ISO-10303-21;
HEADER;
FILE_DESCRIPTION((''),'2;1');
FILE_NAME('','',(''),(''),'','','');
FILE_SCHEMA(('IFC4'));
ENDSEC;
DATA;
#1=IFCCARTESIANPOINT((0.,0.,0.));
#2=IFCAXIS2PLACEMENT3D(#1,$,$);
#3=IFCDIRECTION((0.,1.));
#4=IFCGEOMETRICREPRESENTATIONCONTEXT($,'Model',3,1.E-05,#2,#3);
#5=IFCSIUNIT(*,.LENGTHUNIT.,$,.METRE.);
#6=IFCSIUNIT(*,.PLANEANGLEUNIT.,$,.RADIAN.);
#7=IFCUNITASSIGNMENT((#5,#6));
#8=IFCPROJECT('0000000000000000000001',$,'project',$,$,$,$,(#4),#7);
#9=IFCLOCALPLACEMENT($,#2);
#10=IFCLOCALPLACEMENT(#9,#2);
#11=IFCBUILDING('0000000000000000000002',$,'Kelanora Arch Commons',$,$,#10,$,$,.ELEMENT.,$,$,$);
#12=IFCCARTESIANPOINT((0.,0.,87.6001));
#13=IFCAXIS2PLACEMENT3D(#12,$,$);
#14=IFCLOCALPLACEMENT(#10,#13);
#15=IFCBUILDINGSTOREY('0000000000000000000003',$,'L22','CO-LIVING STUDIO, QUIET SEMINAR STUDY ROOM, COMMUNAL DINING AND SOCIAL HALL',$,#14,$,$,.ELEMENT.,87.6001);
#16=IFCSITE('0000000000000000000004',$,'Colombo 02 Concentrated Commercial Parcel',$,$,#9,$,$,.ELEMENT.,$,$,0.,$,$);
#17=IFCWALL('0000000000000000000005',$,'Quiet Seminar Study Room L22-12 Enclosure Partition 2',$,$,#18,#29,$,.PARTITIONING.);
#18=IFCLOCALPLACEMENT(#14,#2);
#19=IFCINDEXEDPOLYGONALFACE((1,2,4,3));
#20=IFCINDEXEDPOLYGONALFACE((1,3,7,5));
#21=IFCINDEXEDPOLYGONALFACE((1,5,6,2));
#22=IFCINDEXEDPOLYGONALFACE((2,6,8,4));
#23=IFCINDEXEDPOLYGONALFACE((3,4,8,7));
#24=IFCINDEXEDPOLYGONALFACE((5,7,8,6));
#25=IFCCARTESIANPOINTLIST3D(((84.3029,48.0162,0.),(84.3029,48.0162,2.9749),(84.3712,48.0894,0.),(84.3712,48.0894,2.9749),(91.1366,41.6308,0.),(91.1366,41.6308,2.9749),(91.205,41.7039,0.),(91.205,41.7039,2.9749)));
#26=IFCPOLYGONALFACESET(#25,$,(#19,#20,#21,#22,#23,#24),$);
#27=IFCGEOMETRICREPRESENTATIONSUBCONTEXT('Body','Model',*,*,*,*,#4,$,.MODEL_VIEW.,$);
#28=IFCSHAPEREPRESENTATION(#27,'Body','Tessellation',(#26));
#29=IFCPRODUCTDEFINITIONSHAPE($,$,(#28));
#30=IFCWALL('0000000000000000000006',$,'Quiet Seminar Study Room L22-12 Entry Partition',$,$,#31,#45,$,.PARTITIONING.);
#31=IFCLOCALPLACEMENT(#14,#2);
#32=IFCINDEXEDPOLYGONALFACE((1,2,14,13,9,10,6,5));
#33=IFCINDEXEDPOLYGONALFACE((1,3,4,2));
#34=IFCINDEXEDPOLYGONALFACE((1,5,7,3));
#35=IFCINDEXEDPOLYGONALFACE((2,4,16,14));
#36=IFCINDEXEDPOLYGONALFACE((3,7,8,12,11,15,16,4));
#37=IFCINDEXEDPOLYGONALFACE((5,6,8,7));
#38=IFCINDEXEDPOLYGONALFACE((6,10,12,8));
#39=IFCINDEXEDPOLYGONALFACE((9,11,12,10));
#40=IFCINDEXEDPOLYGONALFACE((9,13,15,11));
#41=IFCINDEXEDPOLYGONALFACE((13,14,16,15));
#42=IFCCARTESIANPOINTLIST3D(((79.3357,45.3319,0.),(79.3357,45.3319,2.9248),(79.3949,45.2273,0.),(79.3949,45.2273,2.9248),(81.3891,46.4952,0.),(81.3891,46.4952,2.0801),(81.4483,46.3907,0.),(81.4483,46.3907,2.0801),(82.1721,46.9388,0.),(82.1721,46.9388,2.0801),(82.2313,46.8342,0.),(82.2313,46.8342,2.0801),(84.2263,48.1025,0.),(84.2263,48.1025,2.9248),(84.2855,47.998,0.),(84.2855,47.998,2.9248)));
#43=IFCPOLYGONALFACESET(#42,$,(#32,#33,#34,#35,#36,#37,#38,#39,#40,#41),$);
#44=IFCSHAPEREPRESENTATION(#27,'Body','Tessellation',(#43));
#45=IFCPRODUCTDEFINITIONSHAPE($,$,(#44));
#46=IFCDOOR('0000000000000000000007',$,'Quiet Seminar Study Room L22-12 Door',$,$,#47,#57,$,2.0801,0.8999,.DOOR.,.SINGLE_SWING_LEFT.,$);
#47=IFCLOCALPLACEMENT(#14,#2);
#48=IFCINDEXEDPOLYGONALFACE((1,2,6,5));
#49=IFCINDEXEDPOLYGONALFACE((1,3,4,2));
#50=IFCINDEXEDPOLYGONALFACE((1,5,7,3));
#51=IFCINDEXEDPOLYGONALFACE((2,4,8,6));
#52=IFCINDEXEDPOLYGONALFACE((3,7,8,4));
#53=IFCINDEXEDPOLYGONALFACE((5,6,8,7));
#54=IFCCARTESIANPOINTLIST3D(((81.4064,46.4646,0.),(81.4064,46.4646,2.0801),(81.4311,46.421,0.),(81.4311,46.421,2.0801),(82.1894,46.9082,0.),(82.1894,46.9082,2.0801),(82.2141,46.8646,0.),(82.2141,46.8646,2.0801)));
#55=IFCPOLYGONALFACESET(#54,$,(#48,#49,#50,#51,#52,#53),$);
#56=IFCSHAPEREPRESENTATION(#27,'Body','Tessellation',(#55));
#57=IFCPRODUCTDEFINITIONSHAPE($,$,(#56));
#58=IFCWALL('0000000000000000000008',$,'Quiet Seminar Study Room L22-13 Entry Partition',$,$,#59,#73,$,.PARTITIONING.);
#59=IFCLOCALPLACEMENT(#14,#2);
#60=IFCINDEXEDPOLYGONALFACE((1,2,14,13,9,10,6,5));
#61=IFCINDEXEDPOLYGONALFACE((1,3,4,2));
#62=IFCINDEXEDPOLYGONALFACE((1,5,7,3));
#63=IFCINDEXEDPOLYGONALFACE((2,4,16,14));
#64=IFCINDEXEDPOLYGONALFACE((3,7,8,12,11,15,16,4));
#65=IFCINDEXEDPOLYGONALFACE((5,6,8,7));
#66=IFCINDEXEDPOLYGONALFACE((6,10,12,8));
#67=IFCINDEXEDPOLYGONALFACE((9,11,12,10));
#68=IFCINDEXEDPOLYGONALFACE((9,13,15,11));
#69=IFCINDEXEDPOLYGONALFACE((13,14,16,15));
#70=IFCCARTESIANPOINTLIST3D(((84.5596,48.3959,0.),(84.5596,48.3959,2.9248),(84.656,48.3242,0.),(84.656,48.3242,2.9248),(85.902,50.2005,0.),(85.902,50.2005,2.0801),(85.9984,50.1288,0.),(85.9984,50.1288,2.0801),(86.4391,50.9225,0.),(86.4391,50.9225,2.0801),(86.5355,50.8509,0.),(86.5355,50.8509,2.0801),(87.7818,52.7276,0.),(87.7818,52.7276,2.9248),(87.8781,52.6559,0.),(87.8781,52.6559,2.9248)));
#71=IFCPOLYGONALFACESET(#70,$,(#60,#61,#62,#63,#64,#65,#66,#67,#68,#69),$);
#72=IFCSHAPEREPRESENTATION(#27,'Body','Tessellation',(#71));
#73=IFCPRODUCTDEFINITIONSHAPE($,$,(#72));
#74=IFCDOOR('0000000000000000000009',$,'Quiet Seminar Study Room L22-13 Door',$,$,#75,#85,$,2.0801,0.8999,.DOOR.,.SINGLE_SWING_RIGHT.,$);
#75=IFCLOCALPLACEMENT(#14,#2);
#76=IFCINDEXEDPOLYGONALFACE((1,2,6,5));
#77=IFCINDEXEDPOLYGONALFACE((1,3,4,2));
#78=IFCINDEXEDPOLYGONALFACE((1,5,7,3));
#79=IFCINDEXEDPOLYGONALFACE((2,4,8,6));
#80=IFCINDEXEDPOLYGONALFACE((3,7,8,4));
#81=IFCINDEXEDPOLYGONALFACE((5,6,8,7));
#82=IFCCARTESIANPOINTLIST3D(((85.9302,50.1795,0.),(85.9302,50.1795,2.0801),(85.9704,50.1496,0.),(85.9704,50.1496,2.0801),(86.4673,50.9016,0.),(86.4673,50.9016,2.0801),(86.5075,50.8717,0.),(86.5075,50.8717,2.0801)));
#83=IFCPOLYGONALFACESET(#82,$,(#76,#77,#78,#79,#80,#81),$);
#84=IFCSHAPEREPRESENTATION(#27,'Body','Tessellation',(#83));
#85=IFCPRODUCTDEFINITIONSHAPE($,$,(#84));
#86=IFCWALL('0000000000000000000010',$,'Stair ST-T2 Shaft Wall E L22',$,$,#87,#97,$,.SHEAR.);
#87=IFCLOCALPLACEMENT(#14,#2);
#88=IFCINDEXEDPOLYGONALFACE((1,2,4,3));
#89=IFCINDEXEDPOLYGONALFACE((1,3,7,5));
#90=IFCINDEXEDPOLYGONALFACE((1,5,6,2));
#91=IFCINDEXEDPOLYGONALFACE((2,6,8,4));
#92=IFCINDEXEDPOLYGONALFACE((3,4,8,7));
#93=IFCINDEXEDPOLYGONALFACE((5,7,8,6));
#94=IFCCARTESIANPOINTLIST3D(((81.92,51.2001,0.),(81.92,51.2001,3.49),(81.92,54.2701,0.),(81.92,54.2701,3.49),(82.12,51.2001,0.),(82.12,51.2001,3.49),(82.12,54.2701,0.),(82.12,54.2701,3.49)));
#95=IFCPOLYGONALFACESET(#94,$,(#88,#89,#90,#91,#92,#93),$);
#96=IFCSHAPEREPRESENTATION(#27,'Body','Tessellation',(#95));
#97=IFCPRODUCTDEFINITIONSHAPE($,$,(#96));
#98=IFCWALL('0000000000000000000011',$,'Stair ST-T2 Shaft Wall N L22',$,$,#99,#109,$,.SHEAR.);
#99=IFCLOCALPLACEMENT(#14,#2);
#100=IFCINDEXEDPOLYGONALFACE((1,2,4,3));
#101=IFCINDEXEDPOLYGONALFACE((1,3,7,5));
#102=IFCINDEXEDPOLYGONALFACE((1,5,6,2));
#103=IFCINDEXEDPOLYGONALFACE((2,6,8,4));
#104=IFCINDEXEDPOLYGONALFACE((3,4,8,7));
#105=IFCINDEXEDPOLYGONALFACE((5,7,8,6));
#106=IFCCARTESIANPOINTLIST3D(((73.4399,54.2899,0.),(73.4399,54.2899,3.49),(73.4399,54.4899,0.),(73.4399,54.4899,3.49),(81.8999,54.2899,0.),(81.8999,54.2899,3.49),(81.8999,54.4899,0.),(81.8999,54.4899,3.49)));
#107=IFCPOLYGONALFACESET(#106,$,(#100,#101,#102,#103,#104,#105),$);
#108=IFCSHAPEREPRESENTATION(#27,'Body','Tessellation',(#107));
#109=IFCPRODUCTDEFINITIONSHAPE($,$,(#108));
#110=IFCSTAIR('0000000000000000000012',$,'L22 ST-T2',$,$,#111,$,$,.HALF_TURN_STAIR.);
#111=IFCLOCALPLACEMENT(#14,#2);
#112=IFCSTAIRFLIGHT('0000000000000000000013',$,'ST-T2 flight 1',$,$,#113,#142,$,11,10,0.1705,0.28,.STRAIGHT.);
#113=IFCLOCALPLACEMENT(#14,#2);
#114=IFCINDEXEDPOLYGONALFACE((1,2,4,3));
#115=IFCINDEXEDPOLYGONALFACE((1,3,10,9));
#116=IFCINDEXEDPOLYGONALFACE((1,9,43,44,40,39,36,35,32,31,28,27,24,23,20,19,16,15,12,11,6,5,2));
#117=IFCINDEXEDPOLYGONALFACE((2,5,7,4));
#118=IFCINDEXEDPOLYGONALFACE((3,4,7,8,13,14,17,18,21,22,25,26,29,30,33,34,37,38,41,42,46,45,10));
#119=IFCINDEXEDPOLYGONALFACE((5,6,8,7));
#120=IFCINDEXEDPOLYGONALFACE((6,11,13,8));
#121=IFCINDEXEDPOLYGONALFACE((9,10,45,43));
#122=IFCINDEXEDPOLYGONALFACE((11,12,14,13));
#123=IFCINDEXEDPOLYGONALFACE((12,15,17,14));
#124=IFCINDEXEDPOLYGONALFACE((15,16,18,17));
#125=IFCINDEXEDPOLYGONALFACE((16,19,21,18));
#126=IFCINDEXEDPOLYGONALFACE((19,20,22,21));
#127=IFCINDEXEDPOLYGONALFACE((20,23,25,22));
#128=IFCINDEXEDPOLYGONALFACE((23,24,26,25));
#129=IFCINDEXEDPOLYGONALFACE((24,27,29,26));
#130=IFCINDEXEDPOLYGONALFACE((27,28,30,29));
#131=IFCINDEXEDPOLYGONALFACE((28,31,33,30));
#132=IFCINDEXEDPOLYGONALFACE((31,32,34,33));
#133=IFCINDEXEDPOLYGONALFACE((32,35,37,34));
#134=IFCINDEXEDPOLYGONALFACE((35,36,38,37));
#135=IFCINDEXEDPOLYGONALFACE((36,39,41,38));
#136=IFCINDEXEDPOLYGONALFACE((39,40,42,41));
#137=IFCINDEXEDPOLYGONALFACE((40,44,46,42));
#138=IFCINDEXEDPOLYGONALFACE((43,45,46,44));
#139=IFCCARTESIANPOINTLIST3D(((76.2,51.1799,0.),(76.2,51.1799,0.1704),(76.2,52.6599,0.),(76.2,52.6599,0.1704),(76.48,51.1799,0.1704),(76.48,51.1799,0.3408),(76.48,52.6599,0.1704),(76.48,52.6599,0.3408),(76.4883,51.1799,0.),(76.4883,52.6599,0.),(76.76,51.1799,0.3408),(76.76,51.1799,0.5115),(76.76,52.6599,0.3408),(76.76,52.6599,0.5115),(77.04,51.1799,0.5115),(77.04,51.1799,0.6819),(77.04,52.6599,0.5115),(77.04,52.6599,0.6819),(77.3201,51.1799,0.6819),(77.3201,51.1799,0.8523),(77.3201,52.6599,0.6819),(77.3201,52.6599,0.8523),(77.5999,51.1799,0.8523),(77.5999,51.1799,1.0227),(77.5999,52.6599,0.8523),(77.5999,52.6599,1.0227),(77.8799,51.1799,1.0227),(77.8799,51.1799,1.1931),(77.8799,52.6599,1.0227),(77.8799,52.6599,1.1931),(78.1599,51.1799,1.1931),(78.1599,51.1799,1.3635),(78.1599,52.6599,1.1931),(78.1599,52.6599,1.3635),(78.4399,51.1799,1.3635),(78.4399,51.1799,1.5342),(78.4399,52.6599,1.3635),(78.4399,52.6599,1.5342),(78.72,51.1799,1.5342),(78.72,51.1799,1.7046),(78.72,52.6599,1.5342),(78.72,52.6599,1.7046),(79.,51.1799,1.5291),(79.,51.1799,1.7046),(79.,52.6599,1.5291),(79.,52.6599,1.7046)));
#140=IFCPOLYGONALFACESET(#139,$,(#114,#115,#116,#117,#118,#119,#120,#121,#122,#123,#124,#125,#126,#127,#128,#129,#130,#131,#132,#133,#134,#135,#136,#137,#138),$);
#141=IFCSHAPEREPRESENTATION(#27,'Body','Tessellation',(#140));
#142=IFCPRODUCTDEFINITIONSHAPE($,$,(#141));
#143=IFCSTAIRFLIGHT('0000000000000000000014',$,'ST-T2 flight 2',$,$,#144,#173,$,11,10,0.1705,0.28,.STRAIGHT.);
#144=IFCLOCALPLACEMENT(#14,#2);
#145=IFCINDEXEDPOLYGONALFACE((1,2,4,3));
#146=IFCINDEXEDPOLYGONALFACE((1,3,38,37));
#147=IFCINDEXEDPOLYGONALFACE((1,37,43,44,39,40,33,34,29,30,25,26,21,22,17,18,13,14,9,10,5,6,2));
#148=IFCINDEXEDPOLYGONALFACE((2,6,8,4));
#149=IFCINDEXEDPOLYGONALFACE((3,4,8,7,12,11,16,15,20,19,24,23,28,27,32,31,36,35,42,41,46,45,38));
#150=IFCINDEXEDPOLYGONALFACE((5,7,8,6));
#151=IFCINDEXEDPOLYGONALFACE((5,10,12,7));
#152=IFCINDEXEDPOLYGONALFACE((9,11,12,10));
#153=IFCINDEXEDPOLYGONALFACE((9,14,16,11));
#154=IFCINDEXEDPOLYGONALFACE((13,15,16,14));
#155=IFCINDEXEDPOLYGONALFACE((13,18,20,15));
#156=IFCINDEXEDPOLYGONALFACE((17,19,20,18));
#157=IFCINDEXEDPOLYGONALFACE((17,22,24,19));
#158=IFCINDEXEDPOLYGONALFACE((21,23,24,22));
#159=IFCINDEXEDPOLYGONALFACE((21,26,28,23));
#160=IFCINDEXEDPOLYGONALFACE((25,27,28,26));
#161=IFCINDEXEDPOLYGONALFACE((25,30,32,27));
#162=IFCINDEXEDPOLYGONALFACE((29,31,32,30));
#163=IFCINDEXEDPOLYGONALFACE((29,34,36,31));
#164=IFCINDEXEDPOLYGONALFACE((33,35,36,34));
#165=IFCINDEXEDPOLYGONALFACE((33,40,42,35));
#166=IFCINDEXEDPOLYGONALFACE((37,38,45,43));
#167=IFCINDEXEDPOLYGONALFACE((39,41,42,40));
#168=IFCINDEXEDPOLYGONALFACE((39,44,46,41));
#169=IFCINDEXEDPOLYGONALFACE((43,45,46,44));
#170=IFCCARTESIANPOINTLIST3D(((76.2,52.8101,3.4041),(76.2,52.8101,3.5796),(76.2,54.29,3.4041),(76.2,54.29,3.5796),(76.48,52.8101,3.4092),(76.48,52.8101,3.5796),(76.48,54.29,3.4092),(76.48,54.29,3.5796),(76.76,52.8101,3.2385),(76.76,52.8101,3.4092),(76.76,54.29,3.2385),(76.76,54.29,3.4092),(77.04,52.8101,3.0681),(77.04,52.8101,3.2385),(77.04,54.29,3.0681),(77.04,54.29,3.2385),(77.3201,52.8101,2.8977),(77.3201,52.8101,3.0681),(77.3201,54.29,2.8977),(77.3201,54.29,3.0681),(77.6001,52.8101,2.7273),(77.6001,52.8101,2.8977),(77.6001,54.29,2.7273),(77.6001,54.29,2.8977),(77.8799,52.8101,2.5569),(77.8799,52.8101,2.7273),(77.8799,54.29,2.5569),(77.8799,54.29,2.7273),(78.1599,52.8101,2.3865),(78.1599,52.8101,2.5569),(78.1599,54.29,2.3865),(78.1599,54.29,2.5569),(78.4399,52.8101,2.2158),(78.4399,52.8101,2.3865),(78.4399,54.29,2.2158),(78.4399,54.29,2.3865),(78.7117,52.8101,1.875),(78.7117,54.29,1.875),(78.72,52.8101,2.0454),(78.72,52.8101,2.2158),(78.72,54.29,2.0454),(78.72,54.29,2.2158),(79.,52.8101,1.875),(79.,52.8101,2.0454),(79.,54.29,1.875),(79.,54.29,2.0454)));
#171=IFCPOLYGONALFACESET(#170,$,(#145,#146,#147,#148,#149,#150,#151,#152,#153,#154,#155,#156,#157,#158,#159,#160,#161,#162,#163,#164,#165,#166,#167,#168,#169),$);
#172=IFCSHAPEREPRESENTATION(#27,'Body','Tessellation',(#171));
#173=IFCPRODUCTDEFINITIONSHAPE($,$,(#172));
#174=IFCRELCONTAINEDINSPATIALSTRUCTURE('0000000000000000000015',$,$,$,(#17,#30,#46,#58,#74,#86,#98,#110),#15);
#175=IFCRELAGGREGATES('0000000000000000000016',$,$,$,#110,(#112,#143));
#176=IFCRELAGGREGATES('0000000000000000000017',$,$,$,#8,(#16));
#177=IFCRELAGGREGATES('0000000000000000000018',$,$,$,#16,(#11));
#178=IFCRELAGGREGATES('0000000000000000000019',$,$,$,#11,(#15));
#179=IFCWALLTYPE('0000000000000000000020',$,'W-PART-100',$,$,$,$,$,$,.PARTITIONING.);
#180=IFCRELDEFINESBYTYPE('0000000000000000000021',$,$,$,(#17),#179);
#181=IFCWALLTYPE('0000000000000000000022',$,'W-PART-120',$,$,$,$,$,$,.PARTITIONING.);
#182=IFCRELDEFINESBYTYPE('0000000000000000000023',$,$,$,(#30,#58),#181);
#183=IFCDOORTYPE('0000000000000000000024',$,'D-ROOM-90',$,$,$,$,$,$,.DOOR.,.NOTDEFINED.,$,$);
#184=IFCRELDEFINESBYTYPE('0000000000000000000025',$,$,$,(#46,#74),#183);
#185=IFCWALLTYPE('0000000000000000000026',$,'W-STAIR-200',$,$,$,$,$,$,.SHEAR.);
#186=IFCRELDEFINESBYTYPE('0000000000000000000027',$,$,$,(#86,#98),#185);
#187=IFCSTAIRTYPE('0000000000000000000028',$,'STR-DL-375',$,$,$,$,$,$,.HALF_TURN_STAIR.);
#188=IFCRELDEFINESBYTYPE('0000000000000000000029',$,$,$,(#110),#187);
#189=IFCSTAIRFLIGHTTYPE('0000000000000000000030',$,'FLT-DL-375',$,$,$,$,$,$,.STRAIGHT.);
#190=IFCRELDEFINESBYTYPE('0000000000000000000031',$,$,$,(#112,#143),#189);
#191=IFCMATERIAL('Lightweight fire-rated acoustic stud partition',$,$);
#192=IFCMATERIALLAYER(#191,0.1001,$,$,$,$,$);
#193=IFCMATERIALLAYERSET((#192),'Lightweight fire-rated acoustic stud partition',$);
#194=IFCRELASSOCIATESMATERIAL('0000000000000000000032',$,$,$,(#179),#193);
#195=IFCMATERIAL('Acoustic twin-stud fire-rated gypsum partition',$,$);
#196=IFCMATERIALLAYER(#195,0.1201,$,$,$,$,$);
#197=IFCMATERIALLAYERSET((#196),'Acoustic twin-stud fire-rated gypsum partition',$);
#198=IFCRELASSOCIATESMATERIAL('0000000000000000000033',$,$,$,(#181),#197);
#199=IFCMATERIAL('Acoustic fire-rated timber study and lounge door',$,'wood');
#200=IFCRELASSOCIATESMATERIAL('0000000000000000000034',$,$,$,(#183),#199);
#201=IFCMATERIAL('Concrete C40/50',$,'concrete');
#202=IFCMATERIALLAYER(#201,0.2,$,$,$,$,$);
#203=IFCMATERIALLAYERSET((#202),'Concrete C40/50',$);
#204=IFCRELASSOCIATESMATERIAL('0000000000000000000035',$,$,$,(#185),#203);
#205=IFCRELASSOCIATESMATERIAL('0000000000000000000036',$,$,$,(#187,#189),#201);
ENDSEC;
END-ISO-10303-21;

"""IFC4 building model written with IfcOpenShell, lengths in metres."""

from ifc_helpers import new_model, si_unit, direction, frame, frame_2d, origin, place, context, subcontext, project, spatial, polyline, rectangle, outline, extrude, material, layer, layer_set, type_object, element, fill, aggregate, save


model = new_model("IFC4")

# Units and contexts
model_context = context("Model", 3, precision=1e-05, world=origin(), true_north=direction((0.0, 1.0)))
body_context = subcontext(model_context, "Body", "Model", "MODEL_VIEW")
ifc_project = project(units=[si_unit("LENGTHUNIT", "METRE"), si_unit("PLANEANGLEUNIT", "RADIAN")], contexts=[model_context])

# Site, building, storey
site_placement = place(None, origin())
site = spatial("IfcSite", under=ifc_project, at=site_placement, Name="Colombo 02 Concentrated Commercial Parcel", CompositionType="ELEMENT", RefElevation=0.0)
building_placement = place(site_placement, origin())
building = spatial("IfcBuilding", under=site, at=building_placement, Name="Kelanora Arch Commons", CompositionType="ELEMENT")
storey_placement = place(building_placement, frame((0.0, 0.0, 87.6001)))
storey = spatial("IfcBuildingStorey", under=building, at=storey_placement, Name="L22", Description="CO-LIVING STUDIO, QUIET SEMINAR STUDY ROOM, COMMUNAL DINING AND SOCIAL HALL", CompositionType="ELEMENT", Elevation=87.6001)

# Wall
ifc_material_1 = material(Name="Lightweight fire-rated acoustic stud partition")
ifc_layer_1 = layer(ifc_material_1, 0.1001)
ifc_layer_set_1 = layer_set([ifc_layer_1], Name="Lightweight fire-rated acoustic stud partition")
wall_type_1 = type_object("IfcWallType", Name="W-PART-100", PredefinedType="PARTITIONING", material=ifc_layer_set_1)
wall_1_placement = place(storey_placement, frame((84.3372, 48.0527, 0.0), z_axis=(0.0, 0.0, 1.0), x_axis=(0.730664, -0.682738, 0.0)))
element("IfcWall", 1, at=wall_1_placement, inside=storey, type_object=wall_type_1, Name="Quiet Seminar Study Room L22-12 Enclosure Partition 2", PredefinedType="PARTITIONING", context=body_context, shape_type="SweptSolid", body=[
    extrude(rectangle(XDim=9.3528, YDim=0.1001, at=frame_2d((4.6763, 0.0))), origin(), (0.0, 0.0, 1.0), 2.9749),
])

# Walls, openings, doors
ifc_material_2 = material(Name="Acoustic twin-stud fire-rated gypsum partition")
ifc_layer_2 = layer(ifc_material_2, 0.1201)
ifc_layer_set_2 = layer_set([ifc_layer_2], Name="Acoustic twin-stud fire-rated gypsum partition")
wall_type_2 = type_object("IfcWallType", Name="W-PART-120", PredefinedType="PARTITIONING", material=ifc_layer_set_2)
wall_2_placement = place(storey_placement, frame((79.3652, 45.2795, 0.0), z_axis=(0.0, 0.0, 1.0), x_axis=(0.870068, 0.492931, 0.0)))
wall_2 = element("IfcWall", 2, at=wall_2_placement, inside=storey, type_object=wall_type_2, Name="Quiet Seminar Study Room L22-12 Entry Partition", PredefinedType="PARTITIONING", context=body_context, shape_type="SweptSolid", body=[
    extrude(rectangle(XDim=5.6208, YDim=0.1201, at=frame_2d((2.8105, 0.0))), origin(), (0.0, 0.0, 1.0), 2.9248),
])
opening_1_placement = place(wall_2_placement, frame((2.3601, 0.0, 0.0)))
opening_1 = element("IfcOpeningElement", 3, at=opening_1_placement, cuts=wall_2, PredefinedType="OPENING", context=body_context, shape_type="SweptSolid", body=[
    extrude(rectangle(XDim=0.8999, YDim=2.0801, at=frame_2d((0.45, 1.04))), frame((0.0, 0.0701, 0.0), z_axis=(0.0, -1.0, 0.0), x_axis=(1.0, 0.0, 0.0)), (0.0, 0.0, 1.0), 0.1401),
])
ifc_material_3 = material(Name="Acoustic fire-rated timber study and lounge door", Category="wood")
door_type_1 = type_object("IfcDoorType", Name="D-ROOM-90", OperationType="NOTDEFINED", PredefinedType="DOOR", material=ifc_material_3)
door_1_placement = place(opening_1_placement, origin())
door_1 = element("IfcDoor", 4, at=door_1_placement, inside=storey, type_object=door_type_1, Name="Quiet Seminar Study Room L22-12 Door", OperationType="SINGLE_SWING_LEFT", OverallHeight=2.0801, OverallWidth=0.8999, PredefinedType="DOOR", context=body_context, shape_type="SweptSolid", body=[
    extrude(rectangle(XDim=0.8999, YDim=2.0801, at=frame_2d((0.45, 1.04))), frame((0.0, 0.0249, 0.0), z_axis=(0.0, -1.0, 0.0), x_axis=(1.0, 0.0, 0.0)), (0.0, 0.0, 1.0), 0.05),
])
fill(opening_1, door_1)
wall_3_placement = place(storey_placement, frame((84.6079, 48.3601, 0.0), z_axis=(0.0, 0.0, 1.0), x_axis=(0.596833, 0.802365, 0.0)))
wall_3 = element("IfcWall", 5, at=wall_3_placement, inside=storey, type_object=wall_type_2, Name="Quiet Seminar Study Room L22-13 Entry Partition", PredefinedType="PARTITIONING", context=body_context, shape_type="SweptSolid", body=[
    extrude(rectangle(XDim=5.3987, YDim=0.1201, at=frame_2d((2.6992, 0.0))), origin(), (0.0, 0.0, 1.0), 2.9248),
])
opening_2_placement = place(wall_3_placement, frame((2.249, 0.0, 0.0)))
opening_2 = element("IfcOpeningElement", 6, at=opening_2_placement, cuts=wall_3, PredefinedType="OPENING", context=body_context, shape_type="SweptSolid", body=[
    extrude(rectangle(XDim=0.8999, YDim=2.0801, at=frame_2d((0.45, 1.04))), frame((0.0, 0.0701, 0.0), z_axis=(0.0, -1.0, 0.0), x_axis=(1.0, 0.0, 0.0)), (0.0, 0.0, 1.0), 0.1401),
])
door_2_placement = place(opening_2_placement, origin())
door_2 = element("IfcDoor", 7, at=door_2_placement, inside=storey, type_object=door_type_1, Name="Quiet Seminar Study Room L22-13 Door", OperationType="SINGLE_SWING_RIGHT", OverallHeight=2.0801, OverallWidth=0.8999, PredefinedType="DOOR", context=body_context, shape_type="SweptSolid", body=[
    extrude(rectangle(XDim=0.8999, YDim=2.0801, at=frame_2d((0.45, 1.04))), frame((0.0, 0.0249, 0.0), z_axis=(0.0, -1.0, 0.0), x_axis=(1.0, 0.0, 0.0)), (0.0, 0.0, 1.0), 0.05),
])
fill(opening_2, door_2)

# Walls
ifc_material_4 = material(Name="Concrete C40/50", Category="concrete")
ifc_layer_3 = layer(ifc_material_4, 0.2)
ifc_layer_set_3 = layer_set([ifc_layer_3], Name="Concrete C40/50")
wall_type_3 = type_object("IfcWallType", Name="W-STAIR-200", PredefinedType="SHEAR", material=ifc_layer_set_3)
wall_4_placement = place(storey_placement, frame((82.02, 51.2, 0.0), z_axis=(0.0, 0.0, 1.0), x_axis=(0.0, 1.0, 0.0)))
element("IfcWall", 8, at=wall_4_placement, inside=storey, type_object=wall_type_3, Name="Stair ST-T2 Shaft Wall E L22", PredefinedType="SHEAR", context=body_context, shape_type="SweptSolid", body=[
    extrude(rectangle(XDim=3.0701, YDim=0.2, at=frame_2d((1.5352, 0.0))), origin(), (0.0, 0.0, 1.0), 3.49),
])
wall_5_placement = place(storey_placement, frame((81.8999, 54.3899, 0.0), z_axis=(0.0, 0.0, 1.0), x_axis=(-1.0, 0.0, 0.0)))
element("IfcWall", 9, at=wall_5_placement, inside=storey, type_object=wall_type_3, Name="Stair ST-T2 Shaft Wall N L22", PredefinedType="SHEAR", context=body_context, shape_type="SweptSolid", body=[
    extrude(rectangle(XDim=8.46, YDim=0.2, at=frame_2d((4.23, 0.0))), origin(), (0.0, 0.0, 1.0), 3.49),
])

# Stair, stair flights
stair_type = type_object("IfcStairType", Name="STR-DL-375", PredefinedType="HALF_TURN_STAIR", material=ifc_material_4)
stair_placement = place(storey_placement, origin())
stair = element("IfcStair", 10, at=stair_placement, inside=storey, type_object=stair_type, Name="L22 ST-T2", PredefinedType="HALF_TURN_STAIR")
stair_flight_type = type_object("IfcStairFlightType", Name="FLT-DL-375", PredefinedType="STRAIGHT", material=ifc_material_4)
stair_flight_1_placement = place(storey_placement, frame((76.2, 51.9199, 0.0), z_axis=(0.0, 0.0, 1.0), x_axis=(1.0, 0.0, 0.0)))
stair_flight_1 = element("IfcStairFlight", 11, at=stair_flight_1_placement, type_object=stair_flight_type, Name="ST-T2 flight 1", NumberOfRisers=11, NumberOfTreads=10, PredefinedType="STRAIGHT", RiserHeight=0.1705, TreadLength=0.28, context=body_context, shape_type="SweptSolid", body=[
    extrude(outline(polyline([(0.0, 0.0), (0.0, 0.1704), (0.28, 0.1704), (0.28, 0.3408), (0.5601, 0.3408), (0.5601, 0.5115), (0.8401, 0.5115), (0.8401, 0.6819), (1.1201, 0.6819), (1.1201, 0.8523), (1.3999, 0.8523), (1.3999, 1.0227), (1.6799, 1.0227), (1.6799, 1.1931), (1.96, 1.1931), (1.96, 1.3635), (2.24, 1.3635), (2.24, 1.5342), (2.52, 1.5342), (2.52, 1.7046), (2.8, 1.7046), (2.8, 1.875), (2.8, 1.5291), (0.2883, 0.0), (0.0, 0.0)])), frame((0.0, 0.74, 0.0), z_axis=(0.0, -1.0, 0.0), x_axis=(1.0, 0.0, 0.0)), (0.0, 0.0, 1.0), 1.48),
])
stair_flight_2_placement = place(storey_placement, frame((79.0, 53.55, 1.875), z_axis=(0.0, 0.0, 1.0), x_axis=(-1.0, 0.0, 0.0)))
stair_flight_2 = element("IfcStairFlight", 12, at=stair_flight_2_placement, type_object=stair_flight_type, Name="ST-T2 flight 2", NumberOfRisers=11, NumberOfTreads=10, PredefinedType="STRAIGHT", RiserHeight=0.1705, TreadLength=0.28, context=body_context, shape_type="SweptSolid", body=[
    extrude(outline(polyline([(0.0, 0.0), (0.0, 0.1704), (0.28, 0.1704), (0.28, 0.3408), (0.5601, 0.3408), (0.5601, 0.5115), (0.8401, 0.5115), (0.8401, 0.6819), (1.1201, 0.6819), (1.1201, 0.8523), (1.3999, 0.8523), (1.3999, 1.0227), (1.6799, 1.0227), (1.6799, 1.1931), (1.96, 1.1931), (1.96, 1.3635), (2.24, 1.3635), (2.24, 1.5342), (2.52, 1.5342), (2.52, 1.7046), (2.8, 1.7046), (2.8, 1.875), (2.8, 1.5291), (0.2883, 0.0), (0.0, 0.0)])), frame((0.0, 0.74, 0.0), z_axis=(0.0, -1.0, 0.0), x_axis=(1.0, 0.0, 0.0)), (0.0, 0.0, 1.0), 1.48),
])
aggregate(stair, [stair_flight_1, stair_flight_2])

save(model, "model.ifc")
